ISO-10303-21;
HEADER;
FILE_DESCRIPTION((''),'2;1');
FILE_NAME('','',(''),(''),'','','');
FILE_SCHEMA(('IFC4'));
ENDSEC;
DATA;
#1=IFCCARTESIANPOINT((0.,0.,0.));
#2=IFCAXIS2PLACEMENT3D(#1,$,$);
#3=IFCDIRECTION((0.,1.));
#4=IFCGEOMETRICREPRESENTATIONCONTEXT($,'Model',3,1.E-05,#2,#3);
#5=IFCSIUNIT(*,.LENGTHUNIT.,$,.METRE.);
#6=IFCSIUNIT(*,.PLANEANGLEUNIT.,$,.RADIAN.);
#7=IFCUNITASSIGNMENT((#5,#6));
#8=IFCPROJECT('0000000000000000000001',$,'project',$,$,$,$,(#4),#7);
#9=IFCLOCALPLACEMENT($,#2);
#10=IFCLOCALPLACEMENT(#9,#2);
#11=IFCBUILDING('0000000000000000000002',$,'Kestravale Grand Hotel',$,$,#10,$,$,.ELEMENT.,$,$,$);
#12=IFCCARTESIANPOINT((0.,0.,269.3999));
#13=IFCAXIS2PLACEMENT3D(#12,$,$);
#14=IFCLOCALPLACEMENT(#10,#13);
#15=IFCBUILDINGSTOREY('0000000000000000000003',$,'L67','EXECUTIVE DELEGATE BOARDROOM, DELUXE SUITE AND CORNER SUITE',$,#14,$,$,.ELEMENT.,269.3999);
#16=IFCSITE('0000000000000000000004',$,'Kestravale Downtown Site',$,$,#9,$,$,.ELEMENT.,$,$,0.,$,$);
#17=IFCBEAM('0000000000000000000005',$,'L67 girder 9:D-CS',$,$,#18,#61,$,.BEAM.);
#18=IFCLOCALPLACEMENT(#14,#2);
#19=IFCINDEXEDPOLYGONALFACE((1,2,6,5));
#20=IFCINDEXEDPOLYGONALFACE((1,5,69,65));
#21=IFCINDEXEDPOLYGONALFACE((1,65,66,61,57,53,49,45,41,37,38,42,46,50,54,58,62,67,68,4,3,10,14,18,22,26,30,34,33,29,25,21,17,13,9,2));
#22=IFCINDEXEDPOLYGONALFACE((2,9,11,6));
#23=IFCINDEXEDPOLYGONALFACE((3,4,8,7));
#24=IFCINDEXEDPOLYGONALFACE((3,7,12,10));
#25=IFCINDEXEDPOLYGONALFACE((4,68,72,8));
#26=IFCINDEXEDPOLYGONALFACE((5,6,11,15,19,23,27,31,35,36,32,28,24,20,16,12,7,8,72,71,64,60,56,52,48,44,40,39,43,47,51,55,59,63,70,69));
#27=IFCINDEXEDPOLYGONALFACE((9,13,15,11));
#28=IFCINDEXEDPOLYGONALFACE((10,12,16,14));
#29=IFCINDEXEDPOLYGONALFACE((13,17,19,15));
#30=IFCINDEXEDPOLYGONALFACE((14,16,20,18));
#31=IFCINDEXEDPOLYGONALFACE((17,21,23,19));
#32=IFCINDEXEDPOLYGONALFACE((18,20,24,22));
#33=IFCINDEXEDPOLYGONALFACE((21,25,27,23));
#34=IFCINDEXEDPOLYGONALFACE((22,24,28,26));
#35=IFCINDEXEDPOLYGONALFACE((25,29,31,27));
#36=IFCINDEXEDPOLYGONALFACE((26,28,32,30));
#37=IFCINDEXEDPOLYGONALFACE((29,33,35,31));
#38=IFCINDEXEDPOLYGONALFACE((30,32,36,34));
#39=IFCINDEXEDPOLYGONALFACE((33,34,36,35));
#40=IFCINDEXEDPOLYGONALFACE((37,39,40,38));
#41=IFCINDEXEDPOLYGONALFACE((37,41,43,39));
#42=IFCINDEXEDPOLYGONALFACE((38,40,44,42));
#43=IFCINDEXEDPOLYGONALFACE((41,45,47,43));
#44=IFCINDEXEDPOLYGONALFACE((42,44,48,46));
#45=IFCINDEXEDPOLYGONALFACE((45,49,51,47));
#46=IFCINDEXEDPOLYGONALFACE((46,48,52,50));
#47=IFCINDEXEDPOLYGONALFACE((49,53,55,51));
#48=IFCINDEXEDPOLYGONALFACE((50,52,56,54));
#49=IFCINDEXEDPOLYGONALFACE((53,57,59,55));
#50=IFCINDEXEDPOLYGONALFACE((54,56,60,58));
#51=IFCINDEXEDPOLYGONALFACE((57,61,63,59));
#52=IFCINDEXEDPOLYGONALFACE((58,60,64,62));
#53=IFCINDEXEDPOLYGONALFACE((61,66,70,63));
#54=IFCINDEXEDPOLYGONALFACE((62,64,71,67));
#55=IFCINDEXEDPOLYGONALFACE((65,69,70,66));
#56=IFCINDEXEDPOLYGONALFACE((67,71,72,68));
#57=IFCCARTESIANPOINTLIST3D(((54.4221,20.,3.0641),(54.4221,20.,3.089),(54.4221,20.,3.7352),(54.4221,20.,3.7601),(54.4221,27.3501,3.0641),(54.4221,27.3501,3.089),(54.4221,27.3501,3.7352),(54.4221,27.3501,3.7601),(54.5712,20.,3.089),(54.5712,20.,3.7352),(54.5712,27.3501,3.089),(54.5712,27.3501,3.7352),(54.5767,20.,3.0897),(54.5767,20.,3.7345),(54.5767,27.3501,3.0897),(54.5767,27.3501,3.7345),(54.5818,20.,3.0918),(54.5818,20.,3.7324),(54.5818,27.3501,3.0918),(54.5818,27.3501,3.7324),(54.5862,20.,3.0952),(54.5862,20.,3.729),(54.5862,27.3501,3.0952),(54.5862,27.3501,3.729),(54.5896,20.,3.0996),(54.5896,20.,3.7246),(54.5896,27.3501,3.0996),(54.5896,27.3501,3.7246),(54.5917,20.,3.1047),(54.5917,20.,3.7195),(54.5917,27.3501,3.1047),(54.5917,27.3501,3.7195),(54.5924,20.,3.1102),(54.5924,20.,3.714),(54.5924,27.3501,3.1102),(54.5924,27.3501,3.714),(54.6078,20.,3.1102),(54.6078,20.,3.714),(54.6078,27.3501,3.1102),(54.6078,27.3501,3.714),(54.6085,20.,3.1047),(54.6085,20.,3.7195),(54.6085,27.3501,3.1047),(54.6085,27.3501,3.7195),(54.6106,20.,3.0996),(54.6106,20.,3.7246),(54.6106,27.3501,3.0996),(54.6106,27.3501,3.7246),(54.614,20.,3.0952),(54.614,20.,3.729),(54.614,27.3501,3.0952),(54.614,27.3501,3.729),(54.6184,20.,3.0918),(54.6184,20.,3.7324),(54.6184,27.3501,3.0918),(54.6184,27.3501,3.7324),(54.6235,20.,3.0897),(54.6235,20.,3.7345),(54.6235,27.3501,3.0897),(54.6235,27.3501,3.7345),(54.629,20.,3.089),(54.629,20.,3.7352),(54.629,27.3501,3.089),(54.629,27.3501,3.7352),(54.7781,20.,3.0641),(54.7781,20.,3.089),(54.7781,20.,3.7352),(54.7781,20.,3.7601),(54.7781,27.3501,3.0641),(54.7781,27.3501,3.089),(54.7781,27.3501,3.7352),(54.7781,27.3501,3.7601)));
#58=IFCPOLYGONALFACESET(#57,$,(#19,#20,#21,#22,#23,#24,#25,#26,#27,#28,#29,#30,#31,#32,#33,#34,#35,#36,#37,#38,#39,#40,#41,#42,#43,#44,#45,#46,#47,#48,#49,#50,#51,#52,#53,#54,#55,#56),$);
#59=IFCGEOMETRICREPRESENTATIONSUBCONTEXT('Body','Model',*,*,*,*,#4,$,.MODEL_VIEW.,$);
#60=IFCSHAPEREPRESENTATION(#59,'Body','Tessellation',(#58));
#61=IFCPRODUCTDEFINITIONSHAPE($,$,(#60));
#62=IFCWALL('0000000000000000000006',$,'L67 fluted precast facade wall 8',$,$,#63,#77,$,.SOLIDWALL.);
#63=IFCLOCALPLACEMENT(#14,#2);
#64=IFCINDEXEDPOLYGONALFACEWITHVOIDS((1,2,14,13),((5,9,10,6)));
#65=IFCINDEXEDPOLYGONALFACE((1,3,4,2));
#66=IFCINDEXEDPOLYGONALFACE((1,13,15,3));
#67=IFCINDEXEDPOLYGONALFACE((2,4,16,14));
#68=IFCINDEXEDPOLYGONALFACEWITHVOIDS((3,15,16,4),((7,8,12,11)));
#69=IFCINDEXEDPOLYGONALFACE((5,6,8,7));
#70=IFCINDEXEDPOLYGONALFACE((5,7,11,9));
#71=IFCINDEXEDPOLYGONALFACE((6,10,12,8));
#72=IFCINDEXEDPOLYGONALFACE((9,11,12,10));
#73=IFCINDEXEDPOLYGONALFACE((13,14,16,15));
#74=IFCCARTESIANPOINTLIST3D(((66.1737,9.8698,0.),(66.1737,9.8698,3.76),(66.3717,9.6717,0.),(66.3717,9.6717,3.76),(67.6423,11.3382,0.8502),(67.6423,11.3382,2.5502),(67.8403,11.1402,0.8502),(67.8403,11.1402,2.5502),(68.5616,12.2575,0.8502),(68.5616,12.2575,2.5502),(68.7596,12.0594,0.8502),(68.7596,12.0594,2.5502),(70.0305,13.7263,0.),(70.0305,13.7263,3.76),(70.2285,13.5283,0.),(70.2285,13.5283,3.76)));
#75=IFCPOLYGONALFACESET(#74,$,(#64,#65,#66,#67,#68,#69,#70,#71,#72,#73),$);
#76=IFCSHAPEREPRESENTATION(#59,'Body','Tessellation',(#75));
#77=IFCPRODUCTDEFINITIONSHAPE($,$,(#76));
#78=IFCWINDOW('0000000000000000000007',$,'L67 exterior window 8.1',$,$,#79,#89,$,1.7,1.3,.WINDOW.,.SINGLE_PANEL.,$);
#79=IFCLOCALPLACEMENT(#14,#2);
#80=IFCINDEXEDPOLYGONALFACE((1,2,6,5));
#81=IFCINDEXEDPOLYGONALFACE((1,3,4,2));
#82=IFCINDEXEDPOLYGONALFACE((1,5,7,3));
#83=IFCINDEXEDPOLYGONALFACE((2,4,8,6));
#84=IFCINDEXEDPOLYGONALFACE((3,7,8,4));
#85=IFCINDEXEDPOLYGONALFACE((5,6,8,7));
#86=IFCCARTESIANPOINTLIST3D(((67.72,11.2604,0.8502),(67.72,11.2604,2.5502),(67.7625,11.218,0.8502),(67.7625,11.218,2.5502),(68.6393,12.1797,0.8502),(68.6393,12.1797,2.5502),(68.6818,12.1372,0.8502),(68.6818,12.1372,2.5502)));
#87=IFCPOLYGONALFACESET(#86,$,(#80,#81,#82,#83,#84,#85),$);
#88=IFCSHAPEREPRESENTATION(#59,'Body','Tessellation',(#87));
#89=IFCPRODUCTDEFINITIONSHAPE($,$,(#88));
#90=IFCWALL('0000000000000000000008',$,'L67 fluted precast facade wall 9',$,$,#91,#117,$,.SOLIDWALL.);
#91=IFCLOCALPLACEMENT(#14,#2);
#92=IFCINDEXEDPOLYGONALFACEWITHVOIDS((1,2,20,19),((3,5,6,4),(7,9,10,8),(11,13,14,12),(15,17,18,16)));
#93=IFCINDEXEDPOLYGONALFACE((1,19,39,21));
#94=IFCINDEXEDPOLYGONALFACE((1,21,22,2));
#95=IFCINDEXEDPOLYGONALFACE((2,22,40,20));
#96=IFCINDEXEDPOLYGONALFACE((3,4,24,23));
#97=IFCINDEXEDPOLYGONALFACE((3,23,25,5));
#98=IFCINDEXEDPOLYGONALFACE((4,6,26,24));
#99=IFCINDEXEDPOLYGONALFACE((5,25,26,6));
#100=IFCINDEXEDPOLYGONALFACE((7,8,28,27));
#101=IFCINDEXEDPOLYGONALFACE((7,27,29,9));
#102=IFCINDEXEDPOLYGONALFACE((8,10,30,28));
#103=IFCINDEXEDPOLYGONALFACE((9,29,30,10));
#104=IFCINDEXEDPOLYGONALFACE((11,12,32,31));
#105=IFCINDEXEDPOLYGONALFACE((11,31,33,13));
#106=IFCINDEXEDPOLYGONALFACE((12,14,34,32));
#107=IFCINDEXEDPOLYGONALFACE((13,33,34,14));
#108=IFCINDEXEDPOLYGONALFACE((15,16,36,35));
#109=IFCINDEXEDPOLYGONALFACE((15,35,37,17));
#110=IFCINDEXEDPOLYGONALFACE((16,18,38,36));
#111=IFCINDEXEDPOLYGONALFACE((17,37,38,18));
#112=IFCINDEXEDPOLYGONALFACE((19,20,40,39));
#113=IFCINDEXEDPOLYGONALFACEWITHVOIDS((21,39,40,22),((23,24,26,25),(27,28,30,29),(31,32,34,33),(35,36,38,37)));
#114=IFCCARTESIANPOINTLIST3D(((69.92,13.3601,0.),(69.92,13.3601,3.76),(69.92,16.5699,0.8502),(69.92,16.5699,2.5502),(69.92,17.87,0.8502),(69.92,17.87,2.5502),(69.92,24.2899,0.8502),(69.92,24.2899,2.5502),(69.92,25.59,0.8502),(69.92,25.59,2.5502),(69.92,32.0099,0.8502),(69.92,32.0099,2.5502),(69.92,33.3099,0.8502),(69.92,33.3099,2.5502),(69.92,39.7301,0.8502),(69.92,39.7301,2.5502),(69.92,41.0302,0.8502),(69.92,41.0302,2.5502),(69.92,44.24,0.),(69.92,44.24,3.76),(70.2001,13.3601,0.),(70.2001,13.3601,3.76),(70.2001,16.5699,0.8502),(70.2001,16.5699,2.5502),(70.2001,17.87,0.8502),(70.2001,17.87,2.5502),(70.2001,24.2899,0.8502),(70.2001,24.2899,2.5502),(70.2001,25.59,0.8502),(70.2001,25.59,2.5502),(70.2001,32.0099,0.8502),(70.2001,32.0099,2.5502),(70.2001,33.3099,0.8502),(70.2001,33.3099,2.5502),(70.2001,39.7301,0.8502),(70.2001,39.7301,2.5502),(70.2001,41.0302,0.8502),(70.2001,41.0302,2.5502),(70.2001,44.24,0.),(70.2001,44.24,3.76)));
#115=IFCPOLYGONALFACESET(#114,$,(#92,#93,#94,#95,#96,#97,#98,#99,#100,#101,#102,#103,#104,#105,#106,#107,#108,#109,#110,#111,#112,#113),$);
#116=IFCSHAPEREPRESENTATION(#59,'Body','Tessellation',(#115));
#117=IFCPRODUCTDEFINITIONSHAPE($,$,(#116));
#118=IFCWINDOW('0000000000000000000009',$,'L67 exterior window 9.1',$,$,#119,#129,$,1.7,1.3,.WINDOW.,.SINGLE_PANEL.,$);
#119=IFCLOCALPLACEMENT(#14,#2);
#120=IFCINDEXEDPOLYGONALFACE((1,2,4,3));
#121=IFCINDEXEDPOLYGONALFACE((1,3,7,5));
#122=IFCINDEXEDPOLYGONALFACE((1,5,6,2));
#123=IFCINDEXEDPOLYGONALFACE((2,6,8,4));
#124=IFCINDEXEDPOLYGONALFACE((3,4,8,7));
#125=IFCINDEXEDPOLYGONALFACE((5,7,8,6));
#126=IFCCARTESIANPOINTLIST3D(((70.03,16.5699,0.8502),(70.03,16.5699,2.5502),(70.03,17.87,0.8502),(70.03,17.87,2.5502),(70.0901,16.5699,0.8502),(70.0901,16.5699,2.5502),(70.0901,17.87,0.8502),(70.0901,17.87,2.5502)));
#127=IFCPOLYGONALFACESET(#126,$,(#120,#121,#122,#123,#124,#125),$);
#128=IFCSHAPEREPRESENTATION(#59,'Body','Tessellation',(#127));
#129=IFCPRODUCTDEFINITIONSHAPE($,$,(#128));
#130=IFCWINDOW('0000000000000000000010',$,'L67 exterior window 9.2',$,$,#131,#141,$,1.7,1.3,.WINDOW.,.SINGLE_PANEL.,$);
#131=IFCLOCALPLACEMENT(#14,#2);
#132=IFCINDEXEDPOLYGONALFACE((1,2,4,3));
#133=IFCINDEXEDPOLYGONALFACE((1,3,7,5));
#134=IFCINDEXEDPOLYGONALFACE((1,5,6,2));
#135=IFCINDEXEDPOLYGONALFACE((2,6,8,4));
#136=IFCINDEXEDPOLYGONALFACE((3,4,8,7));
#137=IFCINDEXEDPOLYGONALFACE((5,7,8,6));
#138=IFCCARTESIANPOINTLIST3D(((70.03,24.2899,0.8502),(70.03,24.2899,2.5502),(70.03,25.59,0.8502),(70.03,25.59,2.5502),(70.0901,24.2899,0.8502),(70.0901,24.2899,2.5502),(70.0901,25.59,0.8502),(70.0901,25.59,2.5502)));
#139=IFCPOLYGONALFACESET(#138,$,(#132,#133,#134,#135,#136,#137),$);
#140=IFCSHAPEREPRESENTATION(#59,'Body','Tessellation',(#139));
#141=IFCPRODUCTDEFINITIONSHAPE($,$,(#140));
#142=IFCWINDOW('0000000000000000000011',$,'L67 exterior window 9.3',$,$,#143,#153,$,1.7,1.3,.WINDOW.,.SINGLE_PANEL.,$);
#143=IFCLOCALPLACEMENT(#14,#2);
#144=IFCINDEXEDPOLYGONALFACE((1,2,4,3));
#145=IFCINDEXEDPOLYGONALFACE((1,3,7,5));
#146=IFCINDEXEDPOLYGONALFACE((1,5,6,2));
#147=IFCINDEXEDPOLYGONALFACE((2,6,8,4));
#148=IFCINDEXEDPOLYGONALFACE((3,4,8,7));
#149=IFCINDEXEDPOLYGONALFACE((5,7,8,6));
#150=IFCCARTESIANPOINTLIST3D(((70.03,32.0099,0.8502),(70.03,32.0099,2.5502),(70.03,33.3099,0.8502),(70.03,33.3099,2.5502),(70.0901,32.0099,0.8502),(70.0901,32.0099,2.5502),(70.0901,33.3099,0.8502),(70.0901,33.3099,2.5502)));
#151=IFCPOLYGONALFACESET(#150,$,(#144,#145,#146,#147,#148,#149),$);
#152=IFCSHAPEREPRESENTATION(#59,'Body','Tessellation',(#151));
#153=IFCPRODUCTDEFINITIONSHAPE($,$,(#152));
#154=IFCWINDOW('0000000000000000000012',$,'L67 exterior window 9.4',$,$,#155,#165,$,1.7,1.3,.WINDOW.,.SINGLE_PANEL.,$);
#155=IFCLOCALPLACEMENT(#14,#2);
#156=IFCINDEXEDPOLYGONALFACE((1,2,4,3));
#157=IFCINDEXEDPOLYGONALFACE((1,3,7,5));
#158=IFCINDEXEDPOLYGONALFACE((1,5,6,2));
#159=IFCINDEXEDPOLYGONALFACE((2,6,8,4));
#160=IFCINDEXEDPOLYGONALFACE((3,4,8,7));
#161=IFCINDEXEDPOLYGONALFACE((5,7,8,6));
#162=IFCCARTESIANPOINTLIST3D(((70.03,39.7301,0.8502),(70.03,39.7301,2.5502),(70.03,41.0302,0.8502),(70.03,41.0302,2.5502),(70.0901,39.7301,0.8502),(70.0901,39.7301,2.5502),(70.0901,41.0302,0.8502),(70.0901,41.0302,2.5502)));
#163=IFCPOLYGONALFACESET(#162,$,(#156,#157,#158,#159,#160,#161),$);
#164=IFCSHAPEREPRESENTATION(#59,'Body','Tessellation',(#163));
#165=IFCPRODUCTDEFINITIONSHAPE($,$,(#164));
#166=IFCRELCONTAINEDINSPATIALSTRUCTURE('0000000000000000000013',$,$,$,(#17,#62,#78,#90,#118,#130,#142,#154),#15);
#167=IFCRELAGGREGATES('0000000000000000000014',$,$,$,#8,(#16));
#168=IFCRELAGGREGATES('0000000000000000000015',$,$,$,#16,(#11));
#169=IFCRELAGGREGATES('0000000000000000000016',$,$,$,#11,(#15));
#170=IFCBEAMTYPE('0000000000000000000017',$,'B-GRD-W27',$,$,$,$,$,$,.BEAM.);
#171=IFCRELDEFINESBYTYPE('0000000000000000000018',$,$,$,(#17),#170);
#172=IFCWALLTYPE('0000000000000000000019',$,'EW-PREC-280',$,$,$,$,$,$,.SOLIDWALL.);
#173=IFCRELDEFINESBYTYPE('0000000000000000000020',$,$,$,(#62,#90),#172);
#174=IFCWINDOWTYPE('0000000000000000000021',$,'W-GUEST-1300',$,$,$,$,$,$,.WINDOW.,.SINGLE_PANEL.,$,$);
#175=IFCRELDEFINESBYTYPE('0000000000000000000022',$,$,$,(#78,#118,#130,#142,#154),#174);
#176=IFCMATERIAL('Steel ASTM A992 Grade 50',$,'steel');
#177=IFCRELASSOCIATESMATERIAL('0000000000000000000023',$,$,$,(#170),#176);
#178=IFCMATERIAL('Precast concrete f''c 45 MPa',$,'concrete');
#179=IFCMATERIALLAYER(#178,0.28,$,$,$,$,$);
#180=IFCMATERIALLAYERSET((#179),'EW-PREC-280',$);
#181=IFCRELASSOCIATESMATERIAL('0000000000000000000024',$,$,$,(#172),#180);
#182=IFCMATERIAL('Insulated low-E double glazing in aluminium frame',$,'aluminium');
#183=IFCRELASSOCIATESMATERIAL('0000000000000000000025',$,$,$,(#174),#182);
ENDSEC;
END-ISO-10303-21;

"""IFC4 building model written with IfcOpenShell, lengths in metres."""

from ifc_helpers import new_model, si_unit, direction, frame, frame_2d, origin, origin_2d, place, context, subcontext, project, spatial, rectangle, i_section, extrude, material, layer, layer_set, material_profile, profile_set, type_object, element, fill, save


model = new_model("IFC4")

# Units and contexts
model_context = context("Model", 3, precision=1e-05, world=origin(), true_north=direction((0.0, 1.0)))
body_context = subcontext(model_context, "Body", "Model", "MODEL_VIEW")
ifc_project = project(units=[si_unit("LENGTHUNIT", "METRE"), si_unit("PLANEANGLEUNIT", "RADIAN")], contexts=[model_context])

# Site, building, storey
site_placement = place(None, origin())
site = spatial("IfcSite", under=ifc_project, at=site_placement, Name="Kestravale Downtown Site", CompositionType="ELEMENT", RefElevation=0.0)
building_placement = place(site_placement, origin())
building = spatial("IfcBuilding", under=site, at=building_placement, Name="Kestravale Grand Hotel", CompositionType="ELEMENT")
storey_placement = place(building_placement, frame((0.0, 0.0, 269.3999)))
storey = spatial("IfcBuildingStorey", under=building, at=storey_placement, Name="L67", Description="EXECUTIVE DELEGATE BOARDROOM, DELUXE SUITE AND CORNER SUITE", CompositionType="ELEMENT", Elevation=269.3999)

# Beam
ifc_material_1 = material(Name="Steel ASTM A992 Grade 50", Category="steel")
ifc_material_profile_1 = material_profile(ifc_material_1, i_section(OverallWidth=0.356, OverallDepth=0.696, WebThickness=0.0154, FlangeThickness=0.0249, FilletRadius=0.0212, at=origin_2d()))
ifc_profile_set_1 = profile_set([ifc_material_profile_1], Name="Steel ASTM A992 Grade 50")
beam_type_1 = type_object("IfcBeamType", Name="B-GRD-W27", PredefinedType="BEAM", material=ifc_profile_set_1)
beam_1_placement = place(storey_placement, frame((54.6001, 20.0, 3.4121), z_axis=(0.0, 1.0, 0.0), x_axis=(-1.0, 0.0, 0.0)))
element("IfcBeam", 1, at=beam_1_placement, inside=storey, type_object=beam_type_1, Name="L67 girder 9:D-CS", PredefinedType="BEAM", context=body_context, shape_type="SweptSolid", body=[
    extrude(i_section(OverallWidth=0.356, OverallDepth=0.696, WebThickness=0.0154, FlangeThickness=0.0249, FilletRadius=0.0212, at=origin_2d()), origin(), (0.0, 0.0, 1.0), 7.3501),
])

# Wall, opening, window
ifc_material_2 = material(Name="Precast concrete f'c 45 MPa", Category="concrete")
ifc_layer_1 = layer(ifc_material_2, 0.28)
ifc_layer_set_1 = layer_set([ifc_layer_1], Name="EW-PREC-280")
wall_type_1 = type_object("IfcWallType", Name="EW-PREC-280", PredefinedType="SOLIDWALL", material=ifc_layer_set_1)
wall_1_placement = place(storey_placement, frame((66.2727, 9.7708, 0.0), z_axis=(0.0, 0.0, 1.0), x_axis=(0.707129, 0.707084, 0.0)))
wall_1 = element("IfcWall", 2, at=wall_1_placement, inside=storey, type_object=wall_type_1, Name="L67 fluted precast facade wall 8", PredefinedType="SOLIDWALL", context=body_context, shape_type="SweptSolid", body=[
    extrude(rectangle(XDim=5.4541, YDim=0.28, at=frame_2d((2.7271, 0.0))), origin(), (0.0, 0.0, 1.0), 3.76),
])
opening_1_placement = place(wall_1_placement, frame((2.0769, 0.0, 0.8501)))
opening_1 = element("IfcOpeningElement", 3, at=opening_1_placement, cuts=wall_1, PredefinedType="OPENING", context=body_context, shape_type="SweptSolid", body=[
    extrude(rectangle(XDim=1.3, YDim=1.7, at=frame_2d((0.6499, 0.8501))), frame((0.0, 0.1499, 0.0), z_axis=(0.0, -1.0, 0.0), x_axis=(1.0, 0.0, 0.0)), (0.0, 0.0, 1.0), 0.3),
])
ifc_material_3 = material(Name="Insulated low-E double glazing in aluminium frame", Category="aluminium")
window_type = type_object("IfcWindowType", Name="W-GUEST-1300", PartitioningType="SINGLE_PANEL", PredefinedType="WINDOW", material=ifc_material_3)
window_1_placement = place(opening_1_placement, origin())
window_1 = element("IfcWindow", 4, at=window_1_placement, inside=storey, type_object=window_type, Name="L67 exterior window 8.1", OverallHeight=1.7, OverallWidth=1.3, PartitioningType="SINGLE_PANEL", PredefinedType="WINDOW", context=body_context, shape_type="SweptSolid", body=[
    extrude(rectangle(XDim=1.3, YDim=1.7, at=frame_2d((0.6499, 0.8501))), frame((0.0, 0.03, 0.0), z_axis=(0.0, -1.0, 0.0), x_axis=(1.0, 0.0, 0.0)), (0.0, 0.0, 1.0), 0.0601),
])
fill(opening_1, window_1)

# Wall, openings, windows
wall_2_placement = place(storey_placement, frame((70.0601, 13.3601, 0.0), z_axis=(0.0, 0.0, 1.0), x_axis=(0.0, 1.0, 0.0)))
wall_2 = element("IfcWall", 5, at=wall_2_placement, inside=storey, type_object=wall_type_1, Name="L67 fluted precast facade wall 9", PredefinedType="SOLIDWALL", context=body_context, shape_type="SweptSolid", body=[
    extrude(rectangle(XDim=30.8799, YDim=0.28, at=frame_2d((15.4399, 0.0))), origin(), (0.0, 0.0, 1.0), 3.76),
])
opening_2_placement = place(wall_2_placement, frame((3.21, 0.0, 0.8501)))
opening_2 = element("IfcOpeningElement", 6, at=opening_2_placement, cuts=wall_2, PredefinedType="OPENING", context=body_context, shape_type="SweptSolid", body=[
    extrude(rectangle(XDim=1.3, YDim=1.7, at=frame_2d((0.6499, 0.8501))), frame((0.0, 0.1499, 0.0), z_axis=(0.0, -1.0, 0.0), x_axis=(1.0, 0.0, 0.0)), (0.0, 0.0, 1.0), 0.3),
])
opening_3_placement = place(wall_2_placement, frame((10.9299, 0.0, 0.8501)))
opening_3 = element("IfcOpeningElement", 7, at=opening_3_placement, cuts=wall_2, PredefinedType="OPENING", context=body_context, shape_type="SweptSolid", body=[
    extrude(rectangle(XDim=1.3, YDim=1.7, at=frame_2d((0.6499, 0.8501))), frame((0.0, 0.1499, 0.0), z_axis=(0.0, -1.0, 0.0), x_axis=(1.0, 0.0, 0.0)), (0.0, 0.0, 1.0), 0.3),
])
opening_4_placement = place(wall_2_placement, frame((18.6499, 0.0, 0.8501)))
opening_4 = element("IfcOpeningElement", 8, at=opening_4_placement, cuts=wall_2, PredefinedType="OPENING", context=body_context, shape_type="SweptSolid", body=[
    extrude(rectangle(XDim=1.3, YDim=1.7, at=frame_2d((0.6499, 0.8501))), frame((0.0, 0.1499, 0.0), z_axis=(0.0, -1.0, 0.0), x_axis=(1.0, 0.0, 0.0)), (0.0, 0.0, 1.0), 0.3),
])
opening_5_placement = place(wall_2_placement, frame((26.3701, 0.0, 0.8501)))
opening_5 = element("IfcOpeningElement", 9, at=opening_5_placement, cuts=wall_2, PredefinedType="OPENING", context=body_context, shape_type="SweptSolid", body=[
    extrude(rectangle(XDim=1.3, YDim=1.7, at=frame_2d((0.6499, 0.8501))), frame((0.0, 0.1499, 0.0), z_axis=(0.0, -1.0, 0.0), x_axis=(1.0, 0.0, 0.0)), (0.0, 0.0, 1.0), 0.3),
])
window_2_placement = place(opening_2_placement, origin())
window_2 = element("IfcWindow", 10, at=window_2_placement, inside=storey, type_object=window_type, Name="L67 exterior window 9.1", OverallHeight=1.7, OverallWidth=1.3, PartitioningType="SINGLE_PANEL", PredefinedType="WINDOW", context=body_context, shape_type="SweptSolid", body=[
    extrude(rectangle(XDim=1.3, YDim=1.7, at=frame_2d((0.6499, 0.8501))), frame((0.0, 0.03, 0.0), z_axis=(0.0, -1.0, 0.0), x_axis=(1.0, 0.0, 0.0)), (0.0, 0.0, 1.0), 0.0601),
])
fill(opening_2, window_2)
window_3_placement = place(opening_3_placement, origin())
window_3 = element("IfcWindow", 11, at=window_3_placement, inside=storey, type_object=window_type, Name="L67 exterior window 9.2", OverallHeight=1.7, OverallWidth=1.3, PartitioningType="SINGLE_PANEL", PredefinedType="WINDOW", context=body_context, shape_type="SweptSolid", body=[
    extrude(rectangle(XDim=1.3, YDim=1.7, at=frame_2d((0.6499, 0.8501))), frame((0.0, 0.03, 0.0), z_axis=(0.0, -1.0, 0.0), x_axis=(1.0, 0.0, 0.0)), (0.0, 0.0, 1.0), 0.0601),
])
fill(opening_3, window_3)
window_4_placement = place(opening_4_placement, origin())
window_4 = element("IfcWindow", 12, at=window_4_placement, inside=storey, type_object=window_type, Name="L67 exterior window 9.3", OverallHeight=1.7, OverallWidth=1.3, PartitioningType="SINGLE_PANEL", PredefinedType="WINDOW", context=body_context, shape_type="SweptSolid", body=[
    extrude(rectangle(XDim=1.3, YDim=1.7, at=frame_2d((0.6499, 0.8501))), frame((0.0, 0.03, 0.0), z_axis=(0.0, -1.0, 0.0), x_axis=(1.0, 0.0, 0.0)), (0.0, 0.0, 1.0), 0.0601),
])
fill(opening_4, window_4)
window_5_placement = place(opening_5_placement, origin())
window_5 = element("IfcWindow", 13, at=window_5_placement, inside=storey, type_object=window_type, Name="L67 exterior window 9.4", OverallHeight=1.7, OverallWidth=1.3, PartitioningType="SINGLE_PANEL", PredefinedType="WINDOW", context=body_context, shape_type="SweptSolid", body=[
    extrude(rectangle(XDim=1.3, YDim=1.7, at=frame_2d((0.6499, 0.8501))), frame((0.0, 0.03, 0.0), z_axis=(0.0, -1.0, 0.0), x_axis=(1.0, 0.0, 0.0)), (0.0, 0.0, 1.0), 0.0601),
])
fill(opening_5, window_5)

save(model, "model.ifc")
